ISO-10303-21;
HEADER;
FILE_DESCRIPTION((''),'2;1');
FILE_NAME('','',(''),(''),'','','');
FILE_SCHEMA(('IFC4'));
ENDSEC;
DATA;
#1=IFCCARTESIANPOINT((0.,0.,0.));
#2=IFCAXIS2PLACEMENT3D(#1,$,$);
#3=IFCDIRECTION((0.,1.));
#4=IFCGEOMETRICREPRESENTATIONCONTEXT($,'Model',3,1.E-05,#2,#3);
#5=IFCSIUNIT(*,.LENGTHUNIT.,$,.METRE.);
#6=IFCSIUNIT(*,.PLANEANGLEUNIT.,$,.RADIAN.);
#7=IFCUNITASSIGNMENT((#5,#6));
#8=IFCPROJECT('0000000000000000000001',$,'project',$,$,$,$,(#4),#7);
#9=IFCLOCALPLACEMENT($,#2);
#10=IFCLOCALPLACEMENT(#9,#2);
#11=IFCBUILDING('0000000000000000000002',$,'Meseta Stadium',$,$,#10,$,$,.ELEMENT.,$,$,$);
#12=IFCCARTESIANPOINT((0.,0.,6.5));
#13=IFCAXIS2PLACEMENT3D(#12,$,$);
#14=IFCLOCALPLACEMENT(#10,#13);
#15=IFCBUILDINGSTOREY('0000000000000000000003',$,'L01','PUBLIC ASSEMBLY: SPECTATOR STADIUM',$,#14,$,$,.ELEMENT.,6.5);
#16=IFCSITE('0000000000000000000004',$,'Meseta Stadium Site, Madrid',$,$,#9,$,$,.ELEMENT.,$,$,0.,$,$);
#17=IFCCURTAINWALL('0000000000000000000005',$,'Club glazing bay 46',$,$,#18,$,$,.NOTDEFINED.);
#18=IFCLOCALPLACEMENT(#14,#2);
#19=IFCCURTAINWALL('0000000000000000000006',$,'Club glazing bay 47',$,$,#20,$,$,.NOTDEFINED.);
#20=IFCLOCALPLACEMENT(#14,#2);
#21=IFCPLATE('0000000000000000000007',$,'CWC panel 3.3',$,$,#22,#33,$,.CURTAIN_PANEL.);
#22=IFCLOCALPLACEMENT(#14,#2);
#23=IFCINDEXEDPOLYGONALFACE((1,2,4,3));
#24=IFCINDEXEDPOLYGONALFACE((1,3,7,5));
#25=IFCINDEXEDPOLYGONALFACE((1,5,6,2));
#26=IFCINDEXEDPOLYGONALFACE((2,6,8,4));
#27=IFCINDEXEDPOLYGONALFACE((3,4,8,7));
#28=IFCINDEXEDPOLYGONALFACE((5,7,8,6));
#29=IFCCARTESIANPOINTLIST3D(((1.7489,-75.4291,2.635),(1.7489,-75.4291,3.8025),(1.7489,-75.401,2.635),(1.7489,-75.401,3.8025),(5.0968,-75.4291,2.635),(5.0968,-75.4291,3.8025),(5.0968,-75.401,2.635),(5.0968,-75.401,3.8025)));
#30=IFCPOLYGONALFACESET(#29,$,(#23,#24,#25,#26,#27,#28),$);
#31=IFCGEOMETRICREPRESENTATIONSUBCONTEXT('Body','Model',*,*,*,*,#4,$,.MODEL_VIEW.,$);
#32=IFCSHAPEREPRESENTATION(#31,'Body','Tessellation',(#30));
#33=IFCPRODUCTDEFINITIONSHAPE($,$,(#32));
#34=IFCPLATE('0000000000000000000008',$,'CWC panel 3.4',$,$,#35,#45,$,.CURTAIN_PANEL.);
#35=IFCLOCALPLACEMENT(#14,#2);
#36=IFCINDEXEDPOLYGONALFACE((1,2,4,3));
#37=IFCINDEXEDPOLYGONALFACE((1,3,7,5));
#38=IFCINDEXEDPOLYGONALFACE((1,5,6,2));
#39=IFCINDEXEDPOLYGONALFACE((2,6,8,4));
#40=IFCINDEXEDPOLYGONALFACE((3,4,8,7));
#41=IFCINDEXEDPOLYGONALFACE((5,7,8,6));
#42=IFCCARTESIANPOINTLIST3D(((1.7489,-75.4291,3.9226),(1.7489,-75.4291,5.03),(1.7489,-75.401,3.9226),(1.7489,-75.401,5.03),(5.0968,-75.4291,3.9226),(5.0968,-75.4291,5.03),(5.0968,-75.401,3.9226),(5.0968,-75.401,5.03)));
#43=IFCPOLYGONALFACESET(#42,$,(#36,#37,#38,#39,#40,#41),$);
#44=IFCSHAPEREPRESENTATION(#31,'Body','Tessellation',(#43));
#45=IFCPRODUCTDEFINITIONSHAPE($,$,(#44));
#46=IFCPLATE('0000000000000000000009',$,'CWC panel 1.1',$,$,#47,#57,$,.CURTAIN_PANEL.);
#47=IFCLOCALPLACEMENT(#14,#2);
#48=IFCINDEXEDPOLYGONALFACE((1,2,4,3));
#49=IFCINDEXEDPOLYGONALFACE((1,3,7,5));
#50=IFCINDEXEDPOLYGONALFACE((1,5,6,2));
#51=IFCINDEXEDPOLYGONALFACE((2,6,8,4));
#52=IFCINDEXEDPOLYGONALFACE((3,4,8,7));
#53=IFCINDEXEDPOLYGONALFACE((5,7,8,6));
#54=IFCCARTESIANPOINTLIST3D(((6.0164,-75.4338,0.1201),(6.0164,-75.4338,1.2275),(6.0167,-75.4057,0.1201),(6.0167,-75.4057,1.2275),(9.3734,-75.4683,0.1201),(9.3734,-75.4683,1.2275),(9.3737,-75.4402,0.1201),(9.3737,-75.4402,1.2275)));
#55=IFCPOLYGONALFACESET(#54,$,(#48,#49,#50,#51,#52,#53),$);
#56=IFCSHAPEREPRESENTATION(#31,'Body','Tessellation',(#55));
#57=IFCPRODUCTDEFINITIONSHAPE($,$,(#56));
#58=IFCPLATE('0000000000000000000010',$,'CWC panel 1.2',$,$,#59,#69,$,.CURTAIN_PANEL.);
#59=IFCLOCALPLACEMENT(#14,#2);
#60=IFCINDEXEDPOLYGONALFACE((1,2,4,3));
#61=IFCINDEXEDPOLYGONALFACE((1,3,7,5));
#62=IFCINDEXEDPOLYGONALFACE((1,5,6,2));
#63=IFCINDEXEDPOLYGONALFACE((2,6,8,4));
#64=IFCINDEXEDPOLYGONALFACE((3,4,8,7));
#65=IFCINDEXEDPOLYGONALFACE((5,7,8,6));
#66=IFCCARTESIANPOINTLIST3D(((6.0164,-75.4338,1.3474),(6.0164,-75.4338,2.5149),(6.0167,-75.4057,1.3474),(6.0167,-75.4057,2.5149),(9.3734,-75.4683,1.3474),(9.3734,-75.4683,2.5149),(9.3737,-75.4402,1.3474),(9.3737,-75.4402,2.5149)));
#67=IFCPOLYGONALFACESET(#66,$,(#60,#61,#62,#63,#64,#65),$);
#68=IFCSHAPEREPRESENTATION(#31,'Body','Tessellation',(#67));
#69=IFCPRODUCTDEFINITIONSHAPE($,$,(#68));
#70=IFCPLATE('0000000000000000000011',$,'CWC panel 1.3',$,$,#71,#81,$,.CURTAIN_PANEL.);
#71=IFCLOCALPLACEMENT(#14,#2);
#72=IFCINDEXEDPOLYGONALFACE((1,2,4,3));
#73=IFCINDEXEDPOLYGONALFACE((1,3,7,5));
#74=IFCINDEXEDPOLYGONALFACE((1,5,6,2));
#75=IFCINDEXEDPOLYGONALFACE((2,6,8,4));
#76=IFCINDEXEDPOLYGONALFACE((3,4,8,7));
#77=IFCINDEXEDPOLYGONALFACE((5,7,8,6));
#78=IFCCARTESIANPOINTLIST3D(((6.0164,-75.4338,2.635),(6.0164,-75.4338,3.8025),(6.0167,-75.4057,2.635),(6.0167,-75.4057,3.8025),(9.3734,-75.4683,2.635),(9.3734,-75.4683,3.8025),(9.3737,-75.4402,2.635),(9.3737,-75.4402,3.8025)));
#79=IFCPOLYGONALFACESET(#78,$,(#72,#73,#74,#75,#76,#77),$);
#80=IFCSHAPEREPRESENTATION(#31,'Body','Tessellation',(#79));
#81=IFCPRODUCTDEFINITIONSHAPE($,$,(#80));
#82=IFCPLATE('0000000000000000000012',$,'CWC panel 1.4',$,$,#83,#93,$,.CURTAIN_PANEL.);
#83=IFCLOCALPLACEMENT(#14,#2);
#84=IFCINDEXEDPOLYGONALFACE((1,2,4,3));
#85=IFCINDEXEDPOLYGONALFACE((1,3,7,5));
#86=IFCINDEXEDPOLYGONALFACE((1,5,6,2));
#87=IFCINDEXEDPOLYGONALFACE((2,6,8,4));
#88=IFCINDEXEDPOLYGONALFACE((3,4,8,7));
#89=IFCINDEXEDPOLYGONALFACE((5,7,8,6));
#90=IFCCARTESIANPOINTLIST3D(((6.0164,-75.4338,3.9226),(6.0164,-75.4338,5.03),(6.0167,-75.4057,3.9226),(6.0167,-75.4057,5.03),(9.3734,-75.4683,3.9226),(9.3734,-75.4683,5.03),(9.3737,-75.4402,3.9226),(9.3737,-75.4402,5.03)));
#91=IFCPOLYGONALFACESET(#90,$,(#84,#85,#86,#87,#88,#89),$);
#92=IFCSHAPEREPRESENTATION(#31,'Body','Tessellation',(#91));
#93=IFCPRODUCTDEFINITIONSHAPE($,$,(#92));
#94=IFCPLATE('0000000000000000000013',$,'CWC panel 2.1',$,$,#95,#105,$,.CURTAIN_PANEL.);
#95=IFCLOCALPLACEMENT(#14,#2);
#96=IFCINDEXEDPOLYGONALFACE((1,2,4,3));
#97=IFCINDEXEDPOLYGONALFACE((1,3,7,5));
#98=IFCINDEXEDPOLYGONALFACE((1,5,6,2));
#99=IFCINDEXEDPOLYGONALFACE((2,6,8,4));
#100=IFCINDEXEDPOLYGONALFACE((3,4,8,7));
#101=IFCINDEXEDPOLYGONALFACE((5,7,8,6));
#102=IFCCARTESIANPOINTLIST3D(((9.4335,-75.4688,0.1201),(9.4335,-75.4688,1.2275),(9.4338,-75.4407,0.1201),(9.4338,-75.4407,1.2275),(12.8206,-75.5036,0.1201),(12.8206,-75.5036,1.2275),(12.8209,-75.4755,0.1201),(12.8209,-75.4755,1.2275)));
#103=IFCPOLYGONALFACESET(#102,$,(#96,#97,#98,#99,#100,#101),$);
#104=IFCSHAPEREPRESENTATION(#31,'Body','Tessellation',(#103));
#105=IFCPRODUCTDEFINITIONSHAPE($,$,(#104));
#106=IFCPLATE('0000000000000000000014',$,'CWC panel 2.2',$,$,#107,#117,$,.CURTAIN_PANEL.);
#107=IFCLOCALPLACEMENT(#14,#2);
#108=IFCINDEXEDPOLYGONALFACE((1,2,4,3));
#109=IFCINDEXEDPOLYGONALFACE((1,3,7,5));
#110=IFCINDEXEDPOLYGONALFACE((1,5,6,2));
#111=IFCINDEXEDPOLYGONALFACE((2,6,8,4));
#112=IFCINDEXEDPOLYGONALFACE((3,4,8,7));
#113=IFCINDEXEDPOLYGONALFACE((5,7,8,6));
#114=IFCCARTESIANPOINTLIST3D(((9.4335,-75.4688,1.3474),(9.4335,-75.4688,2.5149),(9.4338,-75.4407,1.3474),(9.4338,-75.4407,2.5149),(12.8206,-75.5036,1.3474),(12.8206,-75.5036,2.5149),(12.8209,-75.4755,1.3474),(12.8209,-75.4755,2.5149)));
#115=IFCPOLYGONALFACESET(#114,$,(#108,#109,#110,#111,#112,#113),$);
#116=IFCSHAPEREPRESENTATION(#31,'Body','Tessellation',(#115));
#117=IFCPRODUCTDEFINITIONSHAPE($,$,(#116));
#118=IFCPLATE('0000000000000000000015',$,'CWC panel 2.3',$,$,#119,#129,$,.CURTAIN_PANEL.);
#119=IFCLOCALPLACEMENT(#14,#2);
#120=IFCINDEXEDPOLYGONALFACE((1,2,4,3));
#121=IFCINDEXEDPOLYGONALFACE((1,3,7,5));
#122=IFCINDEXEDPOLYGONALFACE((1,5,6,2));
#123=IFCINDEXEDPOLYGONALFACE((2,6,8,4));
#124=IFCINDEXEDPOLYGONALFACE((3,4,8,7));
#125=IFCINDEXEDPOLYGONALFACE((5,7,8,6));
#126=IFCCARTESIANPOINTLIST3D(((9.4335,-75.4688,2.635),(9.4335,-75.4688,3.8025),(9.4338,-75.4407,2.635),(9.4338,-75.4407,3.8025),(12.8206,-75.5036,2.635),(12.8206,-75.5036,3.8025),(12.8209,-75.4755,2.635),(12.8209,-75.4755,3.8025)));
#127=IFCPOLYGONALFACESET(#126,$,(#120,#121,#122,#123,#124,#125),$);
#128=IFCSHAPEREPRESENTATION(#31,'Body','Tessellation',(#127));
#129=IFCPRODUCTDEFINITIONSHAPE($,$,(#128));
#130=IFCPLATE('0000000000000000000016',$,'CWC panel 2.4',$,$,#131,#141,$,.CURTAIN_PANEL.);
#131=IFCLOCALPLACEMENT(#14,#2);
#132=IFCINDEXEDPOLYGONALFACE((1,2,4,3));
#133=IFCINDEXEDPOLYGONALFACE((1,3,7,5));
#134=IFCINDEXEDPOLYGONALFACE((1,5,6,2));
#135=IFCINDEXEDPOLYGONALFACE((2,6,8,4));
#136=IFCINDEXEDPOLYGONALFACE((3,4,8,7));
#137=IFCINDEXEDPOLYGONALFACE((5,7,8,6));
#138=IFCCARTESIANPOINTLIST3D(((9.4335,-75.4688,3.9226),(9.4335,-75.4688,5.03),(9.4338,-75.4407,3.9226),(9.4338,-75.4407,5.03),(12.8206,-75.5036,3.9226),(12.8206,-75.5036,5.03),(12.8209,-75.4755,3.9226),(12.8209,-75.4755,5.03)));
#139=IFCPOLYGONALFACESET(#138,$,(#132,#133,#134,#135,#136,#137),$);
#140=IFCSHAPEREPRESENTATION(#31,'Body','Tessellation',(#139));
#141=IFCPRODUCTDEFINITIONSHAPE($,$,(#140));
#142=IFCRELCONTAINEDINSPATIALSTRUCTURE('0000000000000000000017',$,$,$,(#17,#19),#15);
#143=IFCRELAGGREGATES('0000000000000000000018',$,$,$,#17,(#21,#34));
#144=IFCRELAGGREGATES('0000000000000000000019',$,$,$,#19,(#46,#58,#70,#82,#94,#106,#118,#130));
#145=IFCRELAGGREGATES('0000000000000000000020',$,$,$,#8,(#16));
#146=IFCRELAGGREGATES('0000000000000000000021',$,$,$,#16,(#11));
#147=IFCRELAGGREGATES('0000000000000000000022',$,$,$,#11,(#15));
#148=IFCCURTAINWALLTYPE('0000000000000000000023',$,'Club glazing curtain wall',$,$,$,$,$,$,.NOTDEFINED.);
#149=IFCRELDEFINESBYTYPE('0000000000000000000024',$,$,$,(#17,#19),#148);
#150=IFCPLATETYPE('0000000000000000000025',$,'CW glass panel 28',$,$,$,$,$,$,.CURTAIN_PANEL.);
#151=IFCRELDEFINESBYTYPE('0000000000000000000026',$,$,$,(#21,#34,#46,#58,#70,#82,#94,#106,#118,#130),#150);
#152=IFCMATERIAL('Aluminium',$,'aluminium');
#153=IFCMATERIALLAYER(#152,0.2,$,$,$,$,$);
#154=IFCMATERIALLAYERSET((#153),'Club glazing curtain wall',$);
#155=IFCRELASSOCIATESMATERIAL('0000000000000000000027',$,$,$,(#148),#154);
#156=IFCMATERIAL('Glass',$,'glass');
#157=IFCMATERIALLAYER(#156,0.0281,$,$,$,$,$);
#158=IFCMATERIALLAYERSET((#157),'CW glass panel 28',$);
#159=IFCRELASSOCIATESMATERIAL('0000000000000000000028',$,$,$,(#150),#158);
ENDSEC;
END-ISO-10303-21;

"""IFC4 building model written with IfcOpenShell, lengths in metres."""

from ifc_helpers import new_model, si_unit, direction, frame, origin, origin_2d, place, context, subcontext, project, spatial, rectangle, extrude, material, layer, layer_set, type_object, element, aggregate, save


model = new_model("IFC4")

# Units and contexts
model_context = context("Model", 3, precision=1e-05, world=origin(), true_north=direction((0.0, 1.0)))
body_context = subcontext(model_context, "Body", "Model", "MODEL_VIEW")
ifc_project = project(units=[si_unit("LENGTHUNIT", "METRE"), si_unit("PLANEANGLEUNIT", "RADIAN")], contexts=[model_context])

# Site, building, storey
site_placement = place(None, origin())
site = spatial("IfcSite", under=ifc_project, at=site_placement, Name="Meseta Stadium Site, Madrid", CompositionType="ELEMENT", RefElevation=0.0)
building_placement = place(site_placement, origin())
building = spatial("IfcBuilding", under=site, at=building_placement, Name="Meseta Stadium", CompositionType="ELEMENT")
storey_placement = place(building_placement, frame((0.0, 0.0, 6.5)))
storey = spatial("IfcBuildingStorey", under=building, at=storey_placement, Name="L01", Description="PUBLIC ASSEMBLY: SPECTATOR STADIUM", CompositionType="ELEMENT", Elevation=6.5)

# Curtain walls
ifc_material_1 = material(Name="Aluminium", Category="aluminium")
ifc_layer_1 = layer(ifc_material_1, 0.2)
ifc_layer_set_1 = layer_set([ifc_layer_1], Name="Club glazing curtain wall")
curtain_wall_type = type_object("IfcCurtainWallType", Name="Club glazing curtain wall", PredefinedType="NOTDEFINED", material=ifc_layer_set_1)
curtain_wall_1_placement = place(storey_placement, origin())
curtain_wall_1 = element("IfcCurtainWall", 1, at=curtain_wall_1_placement, inside=storey, type_object=curtain_wall_type, Name="Club glazing bay 46", PredefinedType="NOTDEFINED")
curtain_wall_2_placement = place(storey_placement, origin())
curtain_wall_2 = element("IfcCurtainWall", 2, at=curtain_wall_2_placement, inside=storey, type_object=curtain_wall_type, Name="Club glazing bay 47", PredefinedType="NOTDEFINED")

# Plates
ifc_material_2 = material(Name="Glass", Category="glass")
ifc_layer_2 = layer(ifc_material_2, 0.0281)
ifc_layer_set_2 = layer_set([ifc_layer_2], Name="CW glass panel 28")
plate_type = type_object("IfcPlateType", Name="CW glass panel 28", PredefinedType="CURTAIN_PANEL", material=ifc_layer_set_2)
plate_1_placement = place(storey_placement, frame((3.4229, -75.415, 2.635), z_axis=(0.0, 0.0, 1.0), x_axis=(1.0, 0.0, 0.0)))
plate_1 = element("IfcPlate", 3, at=plate_1_placement, type_object=plate_type, Name="CWC panel 3.3", PredefinedType="CURTAIN_PANEL", context=body_context, shape_type="SweptSolid", body=[
    extrude(rectangle(XDim=3.3479, YDim=0.0281, at=origin_2d()), origin(), (0.0, 0.0, 1.0), 1.1675),
])
plate_2_placement = place(storey_placement, frame((3.4229, -75.415, 3.9226), z_axis=(0.0, 0.0, 1.0), x_axis=(1.0, 0.0, 0.0)))
plate_2 = element("IfcPlate", 4, at=plate_2_placement, type_object=plate_type, Name="CWC panel 3.4", PredefinedType="CURTAIN_PANEL", context=body_context, shape_type="SweptSolid", body=[
    extrude(rectangle(XDim=3.3479, YDim=0.0281, at=origin_2d()), origin(), (0.0, 0.0, 1.0), 1.1074),
])
aggregate(curtain_wall_1, [plate_1, plate_2])
plate_3_placement = place(storey_placement, frame((7.6951, -75.437, 0.1201), z_axis=(0.0, 0.0, 1.0), x_axis=(0.999947, -0.010279, 0.0)))
plate_3 = element("IfcPlate", 5, at=plate_3_placement, type_object=plate_type, Name="CWC panel 1.1", PredefinedType="CURTAIN_PANEL", context=body_context, shape_type="SweptSolid", body=[
    extrude(rectangle(XDim=3.3572, YDim=0.0281, at=origin_2d()), origin(), (0.0, 0.0, 1.0), 1.1074),
])
plate_4_placement = place(storey_placement, frame((7.6951, -75.437, 1.3474), z_axis=(0.0, 0.0, 1.0), x_axis=(0.999947, -0.010279, 0.0)))
plate_4 = element("IfcPlate", 6, at=plate_4_placement, type_object=plate_type, Name="CWC panel 1.2", PredefinedType="CURTAIN_PANEL", context=body_context, shape_type="SweptSolid", body=[
    extrude(rectangle(XDim=3.3572, YDim=0.0281, at=origin_2d()), origin(), (0.0, 0.0, 1.0), 1.1675),
])
plate_5_placement = place(storey_placement, frame((7.6951, -75.437, 2.635), z_axis=(0.0, 0.0, 1.0), x_axis=(0.999947, -0.010279, 0.0)))
plate_5 = element("IfcPlate", 7, at=plate_5_placement, type_object=plate_type, Name="CWC panel 1.3", PredefinedType="CURTAIN_PANEL", context=body_context, shape_type="SweptSolid", body=[
    extrude(rectangle(XDim=3.3572, YDim=0.0281, at=origin_2d()), origin(), (0.0, 0.0, 1.0), 1.1675),
])
plate_6_placement = place(storey_placement, frame((7.6951, -75.437, 3.9226), z_axis=(0.0, 0.0, 1.0), x_axis=(0.999947, -0.010279, 0.0)))
plate_6 = element("IfcPlate", 8, at=plate_6_placement, type_object=plate_type, Name="CWC panel 1.4", PredefinedType="CURTAIN_PANEL", context=body_context, shape_type="SweptSolid", body=[
    extrude(rectangle(XDim=3.3572, YDim=0.0281, at=origin_2d()), origin(), (0.0, 0.0, 1.0), 1.1074),
])
plate_7_placement = place(storey_placement, frame((11.1272, -75.4722, 0.1201), z_axis=(0.0, 0.0, 1.0), x_axis=(0.999947, -0.010279, 0.0)))
plate_7 = element("IfcPlate", 9, at=plate_7_placement, type_object=plate_type, Name="CWC panel 2.1", PredefinedType="CURTAIN_PANEL", context=body_context, shape_type="SweptSolid", body=[
    extrude(rectangle(XDim=3.3872, YDim=0.0281, at=origin_2d()), origin(), (0.0, 0.0, 1.0), 1.1074),
])
plate_8_placement = place(storey_placement, frame((11.1272, -75.4722, 1.3474), z_axis=(0.0, 0.0, 1.0), x_axis=(0.999947, -0.010279, 0.0)))
plate_8 = element("IfcPlate", 10, at=plate_8_placement, type_object=plate_type, Name="CWC panel 2.2", PredefinedType="CURTAIN_PANEL", context=body_context, shape_type="SweptSolid", body=[
    extrude(rectangle(XDim=3.3872, YDim=0.0281, at=origin_2d()), origin(), (0.0, 0.0, 1.0), 1.1675),
])
plate_9_placement = place(storey_placement, frame((11.1272, -75.4722, 2.635), z_axis=(0.0, 0.0, 1.0), x_axis=(0.999947, -0.010279, 0.0)))
plate_9 = element("IfcPlate", 11, at=plate_9_placement, type_object=plate_type, Name="CWC panel 2.3", PredefinedType="CURTAIN_PANEL", context=body_context, shape_type="SweptSolid", body=[
    extrude(rectangle(XDim=3.3872, YDim=0.0281, at=origin_2d()), origin(), (0.0, 0.0, 1.0), 1.1675),
])
plate_10_placement = place(storey_placement, frame((11.1272, -75.4722, 3.9226), z_axis=(0.0, 0.0, 1.0), x_axis=(0.999947, -0.010279, 0.0)))
plate_10 = element("IfcPlate", 12, at=plate_10_placement, type_object=plate_type, Name="CWC panel 2.4", PredefinedType="CURTAIN_PANEL", context=body_context, shape_type="SweptSolid", body=[
    extrude(rectangle(XDim=3.3872, YDim=0.0281, at=origin_2d()), origin(), (0.0, 0.0, 1.0), 1.1074),
])
aggregate(curtain_wall_2, [plate_3, plate_4, plate_5, plate_6, plate_7, plate_8, plate_9, plate_10])

save(model, "model.ifc")
